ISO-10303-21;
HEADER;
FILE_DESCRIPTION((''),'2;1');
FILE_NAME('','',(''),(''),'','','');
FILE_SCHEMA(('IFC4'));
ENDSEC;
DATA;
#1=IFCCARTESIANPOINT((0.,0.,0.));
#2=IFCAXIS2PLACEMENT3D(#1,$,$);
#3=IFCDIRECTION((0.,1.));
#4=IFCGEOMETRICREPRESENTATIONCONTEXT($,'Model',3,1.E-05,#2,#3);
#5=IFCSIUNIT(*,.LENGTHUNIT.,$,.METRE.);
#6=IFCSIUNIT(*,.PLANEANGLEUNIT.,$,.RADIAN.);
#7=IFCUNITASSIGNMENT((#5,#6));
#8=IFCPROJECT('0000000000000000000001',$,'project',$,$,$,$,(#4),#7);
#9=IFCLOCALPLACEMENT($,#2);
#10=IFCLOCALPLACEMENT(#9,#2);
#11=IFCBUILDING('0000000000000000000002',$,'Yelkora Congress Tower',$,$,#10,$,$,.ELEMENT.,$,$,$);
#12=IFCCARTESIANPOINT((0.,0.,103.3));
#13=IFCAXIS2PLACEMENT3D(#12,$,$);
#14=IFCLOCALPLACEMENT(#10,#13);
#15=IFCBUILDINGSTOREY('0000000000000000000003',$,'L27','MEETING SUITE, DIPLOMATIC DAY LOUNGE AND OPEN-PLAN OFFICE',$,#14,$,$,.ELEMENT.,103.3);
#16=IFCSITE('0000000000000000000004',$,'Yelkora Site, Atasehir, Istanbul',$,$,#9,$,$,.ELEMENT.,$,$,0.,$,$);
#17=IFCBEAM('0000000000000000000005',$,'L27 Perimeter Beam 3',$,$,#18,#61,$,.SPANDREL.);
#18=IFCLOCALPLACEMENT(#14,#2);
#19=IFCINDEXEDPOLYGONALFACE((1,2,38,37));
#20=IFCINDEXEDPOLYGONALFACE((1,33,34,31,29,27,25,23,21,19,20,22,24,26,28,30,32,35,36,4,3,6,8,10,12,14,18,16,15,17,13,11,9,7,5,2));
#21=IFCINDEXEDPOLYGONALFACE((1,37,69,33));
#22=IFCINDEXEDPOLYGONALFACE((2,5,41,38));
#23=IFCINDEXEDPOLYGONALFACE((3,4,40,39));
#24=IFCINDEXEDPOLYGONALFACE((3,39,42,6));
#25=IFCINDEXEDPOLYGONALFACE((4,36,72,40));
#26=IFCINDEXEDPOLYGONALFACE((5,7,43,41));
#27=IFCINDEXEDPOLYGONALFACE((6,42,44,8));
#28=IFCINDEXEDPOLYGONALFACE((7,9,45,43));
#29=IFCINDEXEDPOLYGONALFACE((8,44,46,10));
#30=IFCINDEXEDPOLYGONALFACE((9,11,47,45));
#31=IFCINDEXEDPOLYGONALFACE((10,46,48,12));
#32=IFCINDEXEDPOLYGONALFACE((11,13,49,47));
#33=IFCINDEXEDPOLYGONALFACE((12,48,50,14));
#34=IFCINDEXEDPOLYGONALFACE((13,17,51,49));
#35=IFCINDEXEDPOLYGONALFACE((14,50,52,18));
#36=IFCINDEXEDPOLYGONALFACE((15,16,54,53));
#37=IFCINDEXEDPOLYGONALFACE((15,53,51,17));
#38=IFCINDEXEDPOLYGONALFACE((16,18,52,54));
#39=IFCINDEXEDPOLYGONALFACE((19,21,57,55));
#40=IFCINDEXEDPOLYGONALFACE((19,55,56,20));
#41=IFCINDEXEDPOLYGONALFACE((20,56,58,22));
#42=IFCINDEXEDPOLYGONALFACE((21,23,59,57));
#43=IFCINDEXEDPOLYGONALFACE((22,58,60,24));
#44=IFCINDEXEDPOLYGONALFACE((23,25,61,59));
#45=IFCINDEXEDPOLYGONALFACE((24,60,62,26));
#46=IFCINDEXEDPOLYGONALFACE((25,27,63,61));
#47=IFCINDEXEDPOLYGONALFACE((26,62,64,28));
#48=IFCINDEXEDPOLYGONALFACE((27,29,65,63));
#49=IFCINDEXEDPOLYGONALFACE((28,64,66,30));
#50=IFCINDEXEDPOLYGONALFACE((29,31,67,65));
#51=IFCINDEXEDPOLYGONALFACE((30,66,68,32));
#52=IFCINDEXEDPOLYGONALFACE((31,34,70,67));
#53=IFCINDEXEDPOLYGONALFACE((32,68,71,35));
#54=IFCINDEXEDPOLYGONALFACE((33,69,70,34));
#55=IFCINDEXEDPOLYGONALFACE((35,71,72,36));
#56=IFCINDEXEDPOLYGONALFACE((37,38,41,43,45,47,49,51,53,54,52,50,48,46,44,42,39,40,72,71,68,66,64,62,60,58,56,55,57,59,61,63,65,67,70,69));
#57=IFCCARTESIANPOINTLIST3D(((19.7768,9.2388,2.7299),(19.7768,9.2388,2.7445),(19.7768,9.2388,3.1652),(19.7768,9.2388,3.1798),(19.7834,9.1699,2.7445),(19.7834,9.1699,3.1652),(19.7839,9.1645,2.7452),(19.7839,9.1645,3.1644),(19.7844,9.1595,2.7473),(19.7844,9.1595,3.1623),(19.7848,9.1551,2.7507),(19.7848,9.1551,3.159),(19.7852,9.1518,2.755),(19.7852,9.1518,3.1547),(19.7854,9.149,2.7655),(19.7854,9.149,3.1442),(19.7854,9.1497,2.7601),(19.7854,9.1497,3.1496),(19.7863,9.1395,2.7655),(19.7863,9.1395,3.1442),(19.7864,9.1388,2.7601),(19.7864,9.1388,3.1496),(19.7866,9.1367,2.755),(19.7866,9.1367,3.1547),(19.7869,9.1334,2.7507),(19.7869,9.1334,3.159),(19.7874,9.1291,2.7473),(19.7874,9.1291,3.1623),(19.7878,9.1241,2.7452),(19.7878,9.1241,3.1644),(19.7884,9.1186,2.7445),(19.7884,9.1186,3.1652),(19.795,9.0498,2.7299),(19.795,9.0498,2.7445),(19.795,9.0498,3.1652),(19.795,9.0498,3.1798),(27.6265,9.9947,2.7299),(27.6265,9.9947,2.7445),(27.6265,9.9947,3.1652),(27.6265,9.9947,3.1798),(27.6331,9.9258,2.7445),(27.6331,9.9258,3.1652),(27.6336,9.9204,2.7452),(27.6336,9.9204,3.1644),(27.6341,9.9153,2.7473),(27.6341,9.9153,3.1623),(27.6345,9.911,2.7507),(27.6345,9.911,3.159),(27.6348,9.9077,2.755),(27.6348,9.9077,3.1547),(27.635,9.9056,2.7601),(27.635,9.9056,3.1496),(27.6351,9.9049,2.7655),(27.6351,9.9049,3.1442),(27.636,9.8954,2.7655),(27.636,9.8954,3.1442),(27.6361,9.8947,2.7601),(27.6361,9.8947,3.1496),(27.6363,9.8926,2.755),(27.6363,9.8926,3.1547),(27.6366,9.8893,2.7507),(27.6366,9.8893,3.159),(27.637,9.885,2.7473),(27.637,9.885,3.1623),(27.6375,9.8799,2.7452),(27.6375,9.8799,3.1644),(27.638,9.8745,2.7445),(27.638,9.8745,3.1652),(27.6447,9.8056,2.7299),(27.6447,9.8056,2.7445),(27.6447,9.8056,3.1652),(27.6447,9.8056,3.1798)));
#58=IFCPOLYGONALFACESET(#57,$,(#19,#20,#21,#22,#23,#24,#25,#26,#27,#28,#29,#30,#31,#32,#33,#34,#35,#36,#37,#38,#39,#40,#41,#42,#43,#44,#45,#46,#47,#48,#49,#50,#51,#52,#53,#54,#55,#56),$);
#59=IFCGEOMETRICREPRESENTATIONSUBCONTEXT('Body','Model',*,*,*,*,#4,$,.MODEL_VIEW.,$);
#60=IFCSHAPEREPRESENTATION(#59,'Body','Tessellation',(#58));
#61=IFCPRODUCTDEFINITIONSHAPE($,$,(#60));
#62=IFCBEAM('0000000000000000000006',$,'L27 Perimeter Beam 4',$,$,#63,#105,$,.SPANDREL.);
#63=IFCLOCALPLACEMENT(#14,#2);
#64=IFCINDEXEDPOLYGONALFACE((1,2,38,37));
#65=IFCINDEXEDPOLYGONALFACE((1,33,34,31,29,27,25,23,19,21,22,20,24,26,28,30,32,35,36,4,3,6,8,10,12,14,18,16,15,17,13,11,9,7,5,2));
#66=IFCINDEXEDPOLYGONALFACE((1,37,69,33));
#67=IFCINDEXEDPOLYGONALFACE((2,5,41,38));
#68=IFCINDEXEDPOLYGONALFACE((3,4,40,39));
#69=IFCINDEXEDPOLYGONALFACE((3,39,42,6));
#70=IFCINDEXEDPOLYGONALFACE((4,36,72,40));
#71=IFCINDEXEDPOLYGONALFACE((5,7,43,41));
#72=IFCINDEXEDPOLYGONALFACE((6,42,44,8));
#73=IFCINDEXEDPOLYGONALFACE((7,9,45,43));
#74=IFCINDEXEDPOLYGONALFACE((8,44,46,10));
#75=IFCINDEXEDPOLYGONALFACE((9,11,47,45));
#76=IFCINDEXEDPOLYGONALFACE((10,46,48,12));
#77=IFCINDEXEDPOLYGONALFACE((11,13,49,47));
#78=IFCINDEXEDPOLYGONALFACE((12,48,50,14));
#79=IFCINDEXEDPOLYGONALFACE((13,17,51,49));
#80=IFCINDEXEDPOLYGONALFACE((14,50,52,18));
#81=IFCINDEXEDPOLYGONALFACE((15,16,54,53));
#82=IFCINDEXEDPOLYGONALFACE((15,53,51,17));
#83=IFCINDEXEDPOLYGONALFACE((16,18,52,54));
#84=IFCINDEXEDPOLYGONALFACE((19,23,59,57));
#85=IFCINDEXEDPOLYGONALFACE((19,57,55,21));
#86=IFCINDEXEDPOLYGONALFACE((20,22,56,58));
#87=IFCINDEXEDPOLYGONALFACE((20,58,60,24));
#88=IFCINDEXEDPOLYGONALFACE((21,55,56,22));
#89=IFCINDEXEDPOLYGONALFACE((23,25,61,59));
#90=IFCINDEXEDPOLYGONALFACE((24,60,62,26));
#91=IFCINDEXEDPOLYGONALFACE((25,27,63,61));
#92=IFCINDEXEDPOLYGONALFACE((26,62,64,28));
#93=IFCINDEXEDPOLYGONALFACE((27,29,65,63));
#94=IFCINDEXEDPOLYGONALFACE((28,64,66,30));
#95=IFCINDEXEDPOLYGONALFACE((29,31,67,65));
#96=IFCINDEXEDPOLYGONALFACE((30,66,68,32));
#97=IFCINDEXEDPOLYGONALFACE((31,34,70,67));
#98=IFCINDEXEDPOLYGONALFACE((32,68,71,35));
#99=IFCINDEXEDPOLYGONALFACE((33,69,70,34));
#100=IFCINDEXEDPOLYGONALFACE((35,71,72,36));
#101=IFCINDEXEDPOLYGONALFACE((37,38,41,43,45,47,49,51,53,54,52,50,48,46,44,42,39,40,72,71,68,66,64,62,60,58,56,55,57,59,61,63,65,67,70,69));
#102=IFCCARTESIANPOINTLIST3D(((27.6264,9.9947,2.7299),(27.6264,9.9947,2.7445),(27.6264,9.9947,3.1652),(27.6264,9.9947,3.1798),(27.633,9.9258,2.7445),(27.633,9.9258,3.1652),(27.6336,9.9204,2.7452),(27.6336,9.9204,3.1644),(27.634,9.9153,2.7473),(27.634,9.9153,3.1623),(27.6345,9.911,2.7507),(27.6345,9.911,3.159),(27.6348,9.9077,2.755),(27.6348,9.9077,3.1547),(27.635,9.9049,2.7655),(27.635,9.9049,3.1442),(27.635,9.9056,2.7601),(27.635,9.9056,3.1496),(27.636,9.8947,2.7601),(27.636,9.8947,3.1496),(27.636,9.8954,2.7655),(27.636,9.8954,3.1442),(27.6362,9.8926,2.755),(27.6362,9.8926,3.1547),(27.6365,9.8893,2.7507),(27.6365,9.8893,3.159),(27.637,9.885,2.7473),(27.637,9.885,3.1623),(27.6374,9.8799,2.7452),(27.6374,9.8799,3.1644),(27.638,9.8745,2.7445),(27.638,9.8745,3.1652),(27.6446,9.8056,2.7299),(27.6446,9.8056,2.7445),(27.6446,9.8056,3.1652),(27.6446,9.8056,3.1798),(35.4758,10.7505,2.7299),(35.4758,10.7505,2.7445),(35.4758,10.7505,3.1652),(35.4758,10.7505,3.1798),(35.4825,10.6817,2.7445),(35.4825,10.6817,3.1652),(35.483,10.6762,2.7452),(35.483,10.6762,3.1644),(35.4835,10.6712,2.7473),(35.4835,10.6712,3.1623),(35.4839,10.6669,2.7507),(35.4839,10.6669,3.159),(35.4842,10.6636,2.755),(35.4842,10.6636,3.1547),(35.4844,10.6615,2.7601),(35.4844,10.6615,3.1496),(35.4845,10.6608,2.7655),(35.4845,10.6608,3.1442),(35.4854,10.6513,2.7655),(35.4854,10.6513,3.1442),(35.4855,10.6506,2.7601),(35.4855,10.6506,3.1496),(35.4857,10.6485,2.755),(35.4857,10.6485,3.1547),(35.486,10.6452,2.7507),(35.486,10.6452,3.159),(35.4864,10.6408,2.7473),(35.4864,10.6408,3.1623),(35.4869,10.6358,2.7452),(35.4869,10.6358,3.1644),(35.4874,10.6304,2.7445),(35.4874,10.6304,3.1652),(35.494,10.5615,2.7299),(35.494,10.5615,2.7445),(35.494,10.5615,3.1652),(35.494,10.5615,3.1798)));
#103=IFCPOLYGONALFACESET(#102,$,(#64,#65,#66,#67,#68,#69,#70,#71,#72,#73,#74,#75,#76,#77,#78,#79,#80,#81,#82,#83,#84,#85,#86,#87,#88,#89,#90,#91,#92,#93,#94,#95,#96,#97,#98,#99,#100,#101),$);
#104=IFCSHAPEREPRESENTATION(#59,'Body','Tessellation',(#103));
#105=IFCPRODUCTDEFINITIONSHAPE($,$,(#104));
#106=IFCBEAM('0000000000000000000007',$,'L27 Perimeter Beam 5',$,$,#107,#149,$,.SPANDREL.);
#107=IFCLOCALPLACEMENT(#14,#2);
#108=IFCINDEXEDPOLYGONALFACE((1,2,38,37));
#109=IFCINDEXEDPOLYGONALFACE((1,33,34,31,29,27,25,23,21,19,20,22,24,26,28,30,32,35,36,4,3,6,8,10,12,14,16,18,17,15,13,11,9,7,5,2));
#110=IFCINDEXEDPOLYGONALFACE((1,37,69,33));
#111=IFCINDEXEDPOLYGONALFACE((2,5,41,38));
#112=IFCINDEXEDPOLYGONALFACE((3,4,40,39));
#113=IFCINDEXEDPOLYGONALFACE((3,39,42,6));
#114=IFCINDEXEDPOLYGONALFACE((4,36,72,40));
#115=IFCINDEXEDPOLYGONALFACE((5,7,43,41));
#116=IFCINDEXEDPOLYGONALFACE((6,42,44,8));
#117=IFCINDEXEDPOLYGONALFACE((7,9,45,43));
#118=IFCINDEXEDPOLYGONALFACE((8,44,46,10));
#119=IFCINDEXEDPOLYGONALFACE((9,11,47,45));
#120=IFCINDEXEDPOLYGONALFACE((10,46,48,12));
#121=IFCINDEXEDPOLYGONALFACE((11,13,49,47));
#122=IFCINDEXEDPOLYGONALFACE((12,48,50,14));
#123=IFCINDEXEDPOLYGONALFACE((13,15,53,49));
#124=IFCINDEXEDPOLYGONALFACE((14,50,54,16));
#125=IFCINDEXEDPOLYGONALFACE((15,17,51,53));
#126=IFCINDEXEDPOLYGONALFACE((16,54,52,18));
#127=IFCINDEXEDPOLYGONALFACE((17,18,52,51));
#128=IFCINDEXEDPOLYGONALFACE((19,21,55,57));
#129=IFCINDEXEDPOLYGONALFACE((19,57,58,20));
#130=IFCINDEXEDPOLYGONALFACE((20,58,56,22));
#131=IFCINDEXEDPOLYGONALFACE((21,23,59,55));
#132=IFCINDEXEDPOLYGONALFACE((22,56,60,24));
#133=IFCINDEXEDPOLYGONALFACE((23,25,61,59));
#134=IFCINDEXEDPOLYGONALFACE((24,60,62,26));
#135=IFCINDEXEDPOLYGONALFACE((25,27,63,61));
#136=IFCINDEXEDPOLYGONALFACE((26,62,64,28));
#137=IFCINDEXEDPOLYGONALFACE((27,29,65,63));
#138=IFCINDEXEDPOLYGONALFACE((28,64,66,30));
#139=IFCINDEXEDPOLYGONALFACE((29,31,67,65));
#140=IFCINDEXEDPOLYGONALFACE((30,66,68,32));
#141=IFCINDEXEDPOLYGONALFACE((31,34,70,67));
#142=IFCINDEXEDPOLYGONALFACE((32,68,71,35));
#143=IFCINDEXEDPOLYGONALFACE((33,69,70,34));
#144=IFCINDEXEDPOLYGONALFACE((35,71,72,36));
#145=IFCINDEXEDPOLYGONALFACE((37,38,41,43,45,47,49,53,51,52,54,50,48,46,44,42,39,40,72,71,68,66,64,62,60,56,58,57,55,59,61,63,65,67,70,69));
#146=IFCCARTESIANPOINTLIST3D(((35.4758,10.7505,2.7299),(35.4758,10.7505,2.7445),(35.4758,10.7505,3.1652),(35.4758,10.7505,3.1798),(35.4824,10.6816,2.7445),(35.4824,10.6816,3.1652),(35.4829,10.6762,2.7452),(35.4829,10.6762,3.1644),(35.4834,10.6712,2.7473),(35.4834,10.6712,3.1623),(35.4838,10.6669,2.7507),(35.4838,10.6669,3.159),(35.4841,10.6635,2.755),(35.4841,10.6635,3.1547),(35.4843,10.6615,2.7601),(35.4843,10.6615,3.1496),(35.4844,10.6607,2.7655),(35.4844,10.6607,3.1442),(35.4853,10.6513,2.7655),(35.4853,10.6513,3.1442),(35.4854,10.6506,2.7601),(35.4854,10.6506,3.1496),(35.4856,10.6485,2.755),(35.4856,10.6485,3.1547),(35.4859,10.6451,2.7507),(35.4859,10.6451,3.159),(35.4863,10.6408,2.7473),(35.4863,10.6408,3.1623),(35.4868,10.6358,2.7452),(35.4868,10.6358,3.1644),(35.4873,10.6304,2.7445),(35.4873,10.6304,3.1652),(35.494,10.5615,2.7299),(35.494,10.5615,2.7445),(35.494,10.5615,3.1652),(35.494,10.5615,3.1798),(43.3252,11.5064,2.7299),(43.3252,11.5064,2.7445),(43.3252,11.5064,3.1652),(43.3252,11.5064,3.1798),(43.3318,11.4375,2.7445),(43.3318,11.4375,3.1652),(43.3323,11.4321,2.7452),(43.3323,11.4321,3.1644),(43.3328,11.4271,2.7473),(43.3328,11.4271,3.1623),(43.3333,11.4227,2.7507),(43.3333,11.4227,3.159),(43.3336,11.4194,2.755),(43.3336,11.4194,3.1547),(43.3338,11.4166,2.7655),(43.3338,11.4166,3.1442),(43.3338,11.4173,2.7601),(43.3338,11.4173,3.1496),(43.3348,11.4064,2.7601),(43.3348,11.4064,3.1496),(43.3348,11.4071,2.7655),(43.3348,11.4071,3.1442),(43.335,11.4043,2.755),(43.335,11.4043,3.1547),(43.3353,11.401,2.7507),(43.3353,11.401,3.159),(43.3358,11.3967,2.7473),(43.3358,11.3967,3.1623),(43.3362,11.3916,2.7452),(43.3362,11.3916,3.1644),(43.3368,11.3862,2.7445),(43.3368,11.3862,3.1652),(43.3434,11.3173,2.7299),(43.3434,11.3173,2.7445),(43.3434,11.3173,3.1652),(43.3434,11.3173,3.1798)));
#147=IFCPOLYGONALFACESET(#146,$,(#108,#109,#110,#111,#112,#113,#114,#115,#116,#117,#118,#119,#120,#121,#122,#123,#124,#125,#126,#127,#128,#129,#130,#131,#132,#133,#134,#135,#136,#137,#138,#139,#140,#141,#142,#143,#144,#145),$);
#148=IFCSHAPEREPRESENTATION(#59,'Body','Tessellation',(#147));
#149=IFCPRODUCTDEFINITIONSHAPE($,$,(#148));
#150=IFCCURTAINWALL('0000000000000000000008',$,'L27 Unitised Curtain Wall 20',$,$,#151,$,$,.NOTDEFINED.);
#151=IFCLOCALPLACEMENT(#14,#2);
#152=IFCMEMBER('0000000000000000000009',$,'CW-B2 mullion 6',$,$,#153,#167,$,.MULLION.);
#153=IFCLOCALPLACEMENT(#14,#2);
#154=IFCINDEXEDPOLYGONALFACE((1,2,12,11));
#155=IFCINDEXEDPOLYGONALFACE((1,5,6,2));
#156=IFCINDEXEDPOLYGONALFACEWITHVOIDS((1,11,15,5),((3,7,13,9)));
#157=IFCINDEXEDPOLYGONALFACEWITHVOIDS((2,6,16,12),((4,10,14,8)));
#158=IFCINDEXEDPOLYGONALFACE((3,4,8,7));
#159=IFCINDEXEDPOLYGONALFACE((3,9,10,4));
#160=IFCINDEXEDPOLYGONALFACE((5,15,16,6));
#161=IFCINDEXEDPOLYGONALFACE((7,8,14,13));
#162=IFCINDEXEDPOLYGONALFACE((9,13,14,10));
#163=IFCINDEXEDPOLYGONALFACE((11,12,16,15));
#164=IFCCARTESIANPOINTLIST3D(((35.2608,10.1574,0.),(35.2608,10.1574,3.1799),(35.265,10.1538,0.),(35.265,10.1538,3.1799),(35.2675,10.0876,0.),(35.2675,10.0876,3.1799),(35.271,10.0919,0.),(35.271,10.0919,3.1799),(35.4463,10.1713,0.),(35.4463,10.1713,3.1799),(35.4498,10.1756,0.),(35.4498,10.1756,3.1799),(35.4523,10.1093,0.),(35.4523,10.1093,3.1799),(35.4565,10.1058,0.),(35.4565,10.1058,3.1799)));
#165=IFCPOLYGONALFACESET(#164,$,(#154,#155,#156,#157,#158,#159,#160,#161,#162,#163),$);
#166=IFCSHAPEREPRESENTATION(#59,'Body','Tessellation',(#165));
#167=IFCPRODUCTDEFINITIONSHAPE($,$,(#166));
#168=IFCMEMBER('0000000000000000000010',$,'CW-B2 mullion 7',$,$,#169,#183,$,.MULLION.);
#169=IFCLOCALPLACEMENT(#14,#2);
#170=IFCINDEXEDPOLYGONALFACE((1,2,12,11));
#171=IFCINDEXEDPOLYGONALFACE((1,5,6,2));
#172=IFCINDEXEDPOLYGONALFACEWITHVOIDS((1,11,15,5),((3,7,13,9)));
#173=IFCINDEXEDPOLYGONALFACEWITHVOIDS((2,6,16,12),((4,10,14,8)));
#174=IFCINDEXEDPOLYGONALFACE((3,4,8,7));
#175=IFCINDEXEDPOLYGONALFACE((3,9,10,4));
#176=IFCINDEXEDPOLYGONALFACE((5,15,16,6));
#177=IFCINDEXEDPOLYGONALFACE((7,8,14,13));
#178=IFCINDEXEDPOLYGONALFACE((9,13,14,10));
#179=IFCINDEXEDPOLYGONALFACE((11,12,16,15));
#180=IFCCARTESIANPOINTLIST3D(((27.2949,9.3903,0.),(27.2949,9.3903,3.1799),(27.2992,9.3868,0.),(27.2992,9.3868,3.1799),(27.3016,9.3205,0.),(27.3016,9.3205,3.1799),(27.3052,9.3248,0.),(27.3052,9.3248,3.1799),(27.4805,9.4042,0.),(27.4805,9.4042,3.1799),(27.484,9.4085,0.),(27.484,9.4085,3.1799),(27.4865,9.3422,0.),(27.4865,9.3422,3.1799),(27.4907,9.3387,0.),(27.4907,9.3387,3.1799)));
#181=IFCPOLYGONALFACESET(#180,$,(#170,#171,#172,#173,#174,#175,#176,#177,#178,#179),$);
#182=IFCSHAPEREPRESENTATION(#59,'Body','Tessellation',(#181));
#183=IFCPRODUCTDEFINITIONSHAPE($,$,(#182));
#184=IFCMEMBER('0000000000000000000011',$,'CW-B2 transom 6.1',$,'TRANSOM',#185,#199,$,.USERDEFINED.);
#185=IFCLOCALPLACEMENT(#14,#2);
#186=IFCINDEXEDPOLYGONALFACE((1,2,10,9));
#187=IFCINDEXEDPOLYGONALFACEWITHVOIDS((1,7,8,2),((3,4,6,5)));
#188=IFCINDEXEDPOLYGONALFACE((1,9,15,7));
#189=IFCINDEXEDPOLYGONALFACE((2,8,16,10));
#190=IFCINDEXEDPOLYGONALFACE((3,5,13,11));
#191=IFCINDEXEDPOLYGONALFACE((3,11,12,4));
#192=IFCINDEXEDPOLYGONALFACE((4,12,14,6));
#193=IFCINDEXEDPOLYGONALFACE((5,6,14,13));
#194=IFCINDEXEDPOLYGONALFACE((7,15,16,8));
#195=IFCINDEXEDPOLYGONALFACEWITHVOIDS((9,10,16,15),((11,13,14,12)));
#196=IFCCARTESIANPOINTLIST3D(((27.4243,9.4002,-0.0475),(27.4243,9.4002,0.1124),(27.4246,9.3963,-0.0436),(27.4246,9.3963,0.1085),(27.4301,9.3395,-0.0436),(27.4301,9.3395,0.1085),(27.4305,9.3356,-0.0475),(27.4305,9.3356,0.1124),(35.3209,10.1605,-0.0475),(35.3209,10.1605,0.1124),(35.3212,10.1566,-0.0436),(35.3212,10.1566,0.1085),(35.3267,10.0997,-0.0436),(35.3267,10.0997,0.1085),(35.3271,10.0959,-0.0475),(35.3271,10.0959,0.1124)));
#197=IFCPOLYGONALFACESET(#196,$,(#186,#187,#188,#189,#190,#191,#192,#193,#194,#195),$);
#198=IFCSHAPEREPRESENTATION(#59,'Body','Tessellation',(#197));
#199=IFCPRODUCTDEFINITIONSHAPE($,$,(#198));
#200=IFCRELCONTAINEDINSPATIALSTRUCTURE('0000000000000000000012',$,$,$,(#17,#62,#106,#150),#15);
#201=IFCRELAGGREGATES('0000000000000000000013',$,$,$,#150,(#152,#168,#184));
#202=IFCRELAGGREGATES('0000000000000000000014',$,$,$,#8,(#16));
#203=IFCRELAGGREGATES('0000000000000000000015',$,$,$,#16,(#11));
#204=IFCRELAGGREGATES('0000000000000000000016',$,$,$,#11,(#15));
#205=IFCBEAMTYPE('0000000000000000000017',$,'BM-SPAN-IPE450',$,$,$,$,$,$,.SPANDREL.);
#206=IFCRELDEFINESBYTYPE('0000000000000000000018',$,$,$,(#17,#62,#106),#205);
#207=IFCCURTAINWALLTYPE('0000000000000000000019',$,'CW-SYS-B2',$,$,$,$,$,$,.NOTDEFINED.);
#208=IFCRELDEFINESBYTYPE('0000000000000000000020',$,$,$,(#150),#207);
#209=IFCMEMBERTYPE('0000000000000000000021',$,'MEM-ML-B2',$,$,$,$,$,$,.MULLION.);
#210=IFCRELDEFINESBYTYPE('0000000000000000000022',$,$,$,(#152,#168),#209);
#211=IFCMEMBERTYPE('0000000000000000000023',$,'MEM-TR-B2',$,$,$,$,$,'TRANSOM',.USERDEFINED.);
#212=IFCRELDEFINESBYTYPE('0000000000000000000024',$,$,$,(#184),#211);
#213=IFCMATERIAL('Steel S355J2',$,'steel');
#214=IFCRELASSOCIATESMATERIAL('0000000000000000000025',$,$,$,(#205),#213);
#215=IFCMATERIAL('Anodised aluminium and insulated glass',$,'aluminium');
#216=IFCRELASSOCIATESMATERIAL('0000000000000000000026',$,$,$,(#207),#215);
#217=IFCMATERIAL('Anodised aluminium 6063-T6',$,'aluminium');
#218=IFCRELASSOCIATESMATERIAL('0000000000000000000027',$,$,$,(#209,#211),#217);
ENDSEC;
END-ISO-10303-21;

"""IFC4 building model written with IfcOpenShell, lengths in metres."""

from ifc_helpers import new_model, si_unit, direction, frame, origin, origin_2d, place, context, subcontext, project, spatial, hollow_rectangle, i_section, extrude, material, material_profile, profile_set, type_object, element, aggregate, save


model = new_model("IFC4")

# Units and contexts
model_context = context("Model", 3, precision=1e-05, world=origin(), true_north=direction((0.0, 1.0)))
body_context = subcontext(model_context, "Body", "Model", "MODEL_VIEW")
ifc_project = project(units=[si_unit("LENGTHUNIT", "METRE"), si_unit("PLANEANGLEUNIT", "RADIAN")], contexts=[model_context])

# Site, building, storey
site_placement = place(None, origin())
site = spatial("IfcSite", under=ifc_project, at=site_placement, Name="Yelkora Site, Atasehir, Istanbul", CompositionType="ELEMENT", RefElevation=0.0)
building_placement = place(site_placement, origin())
building = spatial("IfcBuilding", under=site, at=building_placement, Name="Yelkora Congress Tower", CompositionType="ELEMENT")
storey_placement = place(building_placement, frame((0.0, 0.0, 103.3)))
storey = spatial("IfcBuildingStorey", under=building, at=storey_placement, Name="L27", Description="MEETING SUITE, DIPLOMATIC DAY LOUNGE AND OPEN-PLAN OFFICE", CompositionType="ELEMENT", Elevation=103.3)

# Beams
ifc_material_1 = material(Name="Steel S355J2", Category="steel")
ifc_material_profile_1 = material_profile(ifc_material_1, i_section(OverallWidth=0.1899, OverallDepth=0.45, WebThickness=0.0095, FlangeThickness=0.0146, FilletRadius=0.021, at=origin_2d()), Name="IPE 450")
ifc_profile_set_1 = profile_set([ifc_material_profile_1], Name="Steel S355J2")
beam_type_1 = type_object("IfcBeamType", Name="BM-SPAN-IPE450", PredefinedType="SPANDREL", material=ifc_profile_set_1)
beam_1_placement = place(storey_placement, frame((19.7859, 9.1443, 2.9548), z_axis=(0.995396, 0.095849, 0.0), x_axis=(-0.095849, 0.995396, 0.0)))
element("IfcBeam", 1, at=beam_1_placement, inside=storey, type_object=beam_type_1, Name="L27 Perimeter Beam 3", PredefinedType="SPANDREL", context=body_context, shape_type="SweptSolid", body=[
    extrude(i_section(OverallWidth=0.1899, OverallDepth=0.45, WebThickness=0.0095, FlangeThickness=0.0146, FilletRadius=0.021, at=origin_2d()), origin(), (0.0, 0.0, 1.0), 7.886),
])
for number, where, z_axis, x_axis, name in (
    (2, (27.6355, 9.9001, 2.9548), (0.995396, 0.095852, 0.0), (-0.095852, 0.995396, 0.0), "L27 Perimeter Beam 4"),
    (3, (35.4849, 10.656, 2.9548), (0.995396, 0.095852, 0.0), (-0.095852, 0.995396, 0.0), "L27 Perimeter Beam 5"),
):
    element("IfcBeam", number, at=place(storey_placement, frame(where, z_axis=z_axis, x_axis=x_axis)), inside=storey, type_object=beam_type_1, Name=name, PredefinedType="SPANDREL", context=body_context, shape_type="SweptSolid", body=[
        extrude(i_section(OverallWidth=0.1899, OverallDepth=0.45, WebThickness=0.0095, FlangeThickness=0.0146, FilletRadius=0.021, at=origin_2d()), origin(), (0.0, 0.0, 1.0), 7.8857),
    ])

# Curtain wall, members
ifc_material_2 = material(Name="Anodised aluminium and insulated glass", Category="aluminium")
curtain_wall_type = type_object("IfcCurtainWallType", Name="CW-SYS-B2", PredefinedType="NOTDEFINED", material=ifc_material_2)
curtain_wall_placement = place(storey_placement, origin())
curtain_wall = element("IfcCurtainWall", 4, at=curtain_wall_placement, inside=storey, type_object=curtain_wall_type, Name="L27 Unitised Curtain Wall 20", PredefinedType="NOTDEFINED")
ifc_material_3 = material(Name="Anodised aluminium 6063-T6", Category="aluminium")
ifc_material_profile_2 = material_profile(ifc_material_3, hollow_rectangle(XDim=0.0701, YDim=0.1899, WallThickness=0.0039, at=origin_2d()), Name="ALU 70x190x4")
ifc_profile_set_2 = profile_set([ifc_material_profile_2], Name="Anodised aluminium 6063-T6")
member_type_1 = type_object("IfcMemberType", Name="MEM-ML-B2", PredefinedType="MULLION", material=ifc_profile_set_2)
member_1_placement = place(storey_placement, frame((35.3586, 10.1316, 0.0), z_axis=(0.0, 0.0, 1.0), x_axis=(0.095844, -0.995396, 0.0)))
member_1 = element("IfcMember", 5, at=member_1_placement, type_object=member_type_1, Name="CW-B2 mullion 6", PredefinedType="MULLION", context=body_context, shape_type="SweptSolid", body=[
    extrude(hollow_rectangle(XDim=0.0701, YDim=0.1899, WallThickness=0.0039, at=origin_2d()), origin(), (0.0, 0.0, 1.0), 3.1799),
])
member_2_placement = place(storey_placement, frame((27.3928, 9.3645, 0.0), z_axis=(0.0, 0.0, 1.0), x_axis=(0.095844, -0.995396, 0.0)))
member_2 = element("IfcMember", 6, at=member_2_placement, type_object=member_type_1, Name="CW-B2 mullion 7", PredefinedType="MULLION", context=body_context, shape_type="SweptSolid", body=[
    extrude(hollow_rectangle(XDim=0.0701, YDim=0.1899, WallThickness=0.0039, at=origin_2d()), origin(), (0.0, 0.0, 1.0), 3.1799),
])
ifc_material_profile_3 = material_profile(ifc_material_3, hollow_rectangle(XDim=0.0649, YDim=0.1599, WallThickness=0.0039, at=origin_2d()), Name="ALU 65x160x4")
ifc_profile_set_3 = profile_set([ifc_material_profile_3], Name="Anodised aluminium 6063-T6")
member_type_2 = type_object("IfcMemberType", Name="MEM-TR-B2", ElementType="TRANSOM", PredefinedType="USERDEFINED", material=ifc_profile_set_3)
member_3_placement = place(storey_placement, frame((35.324, 10.1282, 0.0325), z_axis=(-0.995397, -0.095834, 0.0), x_axis=(0.095834, -0.995397, 0.0)))
member_3 = element("IfcMember", 7, at=member_3_placement, type_object=member_type_2, Name="CW-B2 transom 6.1", ObjectType="TRANSOM", PredefinedType="USERDEFINED", context=body_context, shape_type="SweptSolid", body=[
    extrude(hollow_rectangle(XDim=0.0649, YDim=0.1599, WallThickness=0.0039, at=origin_2d()), origin(), (0.0, 0.0, 1.0), 7.9331),
])
aggregate(curtain_wall, [member_1, member_2, member_3])

save(model, "model.ifc")
